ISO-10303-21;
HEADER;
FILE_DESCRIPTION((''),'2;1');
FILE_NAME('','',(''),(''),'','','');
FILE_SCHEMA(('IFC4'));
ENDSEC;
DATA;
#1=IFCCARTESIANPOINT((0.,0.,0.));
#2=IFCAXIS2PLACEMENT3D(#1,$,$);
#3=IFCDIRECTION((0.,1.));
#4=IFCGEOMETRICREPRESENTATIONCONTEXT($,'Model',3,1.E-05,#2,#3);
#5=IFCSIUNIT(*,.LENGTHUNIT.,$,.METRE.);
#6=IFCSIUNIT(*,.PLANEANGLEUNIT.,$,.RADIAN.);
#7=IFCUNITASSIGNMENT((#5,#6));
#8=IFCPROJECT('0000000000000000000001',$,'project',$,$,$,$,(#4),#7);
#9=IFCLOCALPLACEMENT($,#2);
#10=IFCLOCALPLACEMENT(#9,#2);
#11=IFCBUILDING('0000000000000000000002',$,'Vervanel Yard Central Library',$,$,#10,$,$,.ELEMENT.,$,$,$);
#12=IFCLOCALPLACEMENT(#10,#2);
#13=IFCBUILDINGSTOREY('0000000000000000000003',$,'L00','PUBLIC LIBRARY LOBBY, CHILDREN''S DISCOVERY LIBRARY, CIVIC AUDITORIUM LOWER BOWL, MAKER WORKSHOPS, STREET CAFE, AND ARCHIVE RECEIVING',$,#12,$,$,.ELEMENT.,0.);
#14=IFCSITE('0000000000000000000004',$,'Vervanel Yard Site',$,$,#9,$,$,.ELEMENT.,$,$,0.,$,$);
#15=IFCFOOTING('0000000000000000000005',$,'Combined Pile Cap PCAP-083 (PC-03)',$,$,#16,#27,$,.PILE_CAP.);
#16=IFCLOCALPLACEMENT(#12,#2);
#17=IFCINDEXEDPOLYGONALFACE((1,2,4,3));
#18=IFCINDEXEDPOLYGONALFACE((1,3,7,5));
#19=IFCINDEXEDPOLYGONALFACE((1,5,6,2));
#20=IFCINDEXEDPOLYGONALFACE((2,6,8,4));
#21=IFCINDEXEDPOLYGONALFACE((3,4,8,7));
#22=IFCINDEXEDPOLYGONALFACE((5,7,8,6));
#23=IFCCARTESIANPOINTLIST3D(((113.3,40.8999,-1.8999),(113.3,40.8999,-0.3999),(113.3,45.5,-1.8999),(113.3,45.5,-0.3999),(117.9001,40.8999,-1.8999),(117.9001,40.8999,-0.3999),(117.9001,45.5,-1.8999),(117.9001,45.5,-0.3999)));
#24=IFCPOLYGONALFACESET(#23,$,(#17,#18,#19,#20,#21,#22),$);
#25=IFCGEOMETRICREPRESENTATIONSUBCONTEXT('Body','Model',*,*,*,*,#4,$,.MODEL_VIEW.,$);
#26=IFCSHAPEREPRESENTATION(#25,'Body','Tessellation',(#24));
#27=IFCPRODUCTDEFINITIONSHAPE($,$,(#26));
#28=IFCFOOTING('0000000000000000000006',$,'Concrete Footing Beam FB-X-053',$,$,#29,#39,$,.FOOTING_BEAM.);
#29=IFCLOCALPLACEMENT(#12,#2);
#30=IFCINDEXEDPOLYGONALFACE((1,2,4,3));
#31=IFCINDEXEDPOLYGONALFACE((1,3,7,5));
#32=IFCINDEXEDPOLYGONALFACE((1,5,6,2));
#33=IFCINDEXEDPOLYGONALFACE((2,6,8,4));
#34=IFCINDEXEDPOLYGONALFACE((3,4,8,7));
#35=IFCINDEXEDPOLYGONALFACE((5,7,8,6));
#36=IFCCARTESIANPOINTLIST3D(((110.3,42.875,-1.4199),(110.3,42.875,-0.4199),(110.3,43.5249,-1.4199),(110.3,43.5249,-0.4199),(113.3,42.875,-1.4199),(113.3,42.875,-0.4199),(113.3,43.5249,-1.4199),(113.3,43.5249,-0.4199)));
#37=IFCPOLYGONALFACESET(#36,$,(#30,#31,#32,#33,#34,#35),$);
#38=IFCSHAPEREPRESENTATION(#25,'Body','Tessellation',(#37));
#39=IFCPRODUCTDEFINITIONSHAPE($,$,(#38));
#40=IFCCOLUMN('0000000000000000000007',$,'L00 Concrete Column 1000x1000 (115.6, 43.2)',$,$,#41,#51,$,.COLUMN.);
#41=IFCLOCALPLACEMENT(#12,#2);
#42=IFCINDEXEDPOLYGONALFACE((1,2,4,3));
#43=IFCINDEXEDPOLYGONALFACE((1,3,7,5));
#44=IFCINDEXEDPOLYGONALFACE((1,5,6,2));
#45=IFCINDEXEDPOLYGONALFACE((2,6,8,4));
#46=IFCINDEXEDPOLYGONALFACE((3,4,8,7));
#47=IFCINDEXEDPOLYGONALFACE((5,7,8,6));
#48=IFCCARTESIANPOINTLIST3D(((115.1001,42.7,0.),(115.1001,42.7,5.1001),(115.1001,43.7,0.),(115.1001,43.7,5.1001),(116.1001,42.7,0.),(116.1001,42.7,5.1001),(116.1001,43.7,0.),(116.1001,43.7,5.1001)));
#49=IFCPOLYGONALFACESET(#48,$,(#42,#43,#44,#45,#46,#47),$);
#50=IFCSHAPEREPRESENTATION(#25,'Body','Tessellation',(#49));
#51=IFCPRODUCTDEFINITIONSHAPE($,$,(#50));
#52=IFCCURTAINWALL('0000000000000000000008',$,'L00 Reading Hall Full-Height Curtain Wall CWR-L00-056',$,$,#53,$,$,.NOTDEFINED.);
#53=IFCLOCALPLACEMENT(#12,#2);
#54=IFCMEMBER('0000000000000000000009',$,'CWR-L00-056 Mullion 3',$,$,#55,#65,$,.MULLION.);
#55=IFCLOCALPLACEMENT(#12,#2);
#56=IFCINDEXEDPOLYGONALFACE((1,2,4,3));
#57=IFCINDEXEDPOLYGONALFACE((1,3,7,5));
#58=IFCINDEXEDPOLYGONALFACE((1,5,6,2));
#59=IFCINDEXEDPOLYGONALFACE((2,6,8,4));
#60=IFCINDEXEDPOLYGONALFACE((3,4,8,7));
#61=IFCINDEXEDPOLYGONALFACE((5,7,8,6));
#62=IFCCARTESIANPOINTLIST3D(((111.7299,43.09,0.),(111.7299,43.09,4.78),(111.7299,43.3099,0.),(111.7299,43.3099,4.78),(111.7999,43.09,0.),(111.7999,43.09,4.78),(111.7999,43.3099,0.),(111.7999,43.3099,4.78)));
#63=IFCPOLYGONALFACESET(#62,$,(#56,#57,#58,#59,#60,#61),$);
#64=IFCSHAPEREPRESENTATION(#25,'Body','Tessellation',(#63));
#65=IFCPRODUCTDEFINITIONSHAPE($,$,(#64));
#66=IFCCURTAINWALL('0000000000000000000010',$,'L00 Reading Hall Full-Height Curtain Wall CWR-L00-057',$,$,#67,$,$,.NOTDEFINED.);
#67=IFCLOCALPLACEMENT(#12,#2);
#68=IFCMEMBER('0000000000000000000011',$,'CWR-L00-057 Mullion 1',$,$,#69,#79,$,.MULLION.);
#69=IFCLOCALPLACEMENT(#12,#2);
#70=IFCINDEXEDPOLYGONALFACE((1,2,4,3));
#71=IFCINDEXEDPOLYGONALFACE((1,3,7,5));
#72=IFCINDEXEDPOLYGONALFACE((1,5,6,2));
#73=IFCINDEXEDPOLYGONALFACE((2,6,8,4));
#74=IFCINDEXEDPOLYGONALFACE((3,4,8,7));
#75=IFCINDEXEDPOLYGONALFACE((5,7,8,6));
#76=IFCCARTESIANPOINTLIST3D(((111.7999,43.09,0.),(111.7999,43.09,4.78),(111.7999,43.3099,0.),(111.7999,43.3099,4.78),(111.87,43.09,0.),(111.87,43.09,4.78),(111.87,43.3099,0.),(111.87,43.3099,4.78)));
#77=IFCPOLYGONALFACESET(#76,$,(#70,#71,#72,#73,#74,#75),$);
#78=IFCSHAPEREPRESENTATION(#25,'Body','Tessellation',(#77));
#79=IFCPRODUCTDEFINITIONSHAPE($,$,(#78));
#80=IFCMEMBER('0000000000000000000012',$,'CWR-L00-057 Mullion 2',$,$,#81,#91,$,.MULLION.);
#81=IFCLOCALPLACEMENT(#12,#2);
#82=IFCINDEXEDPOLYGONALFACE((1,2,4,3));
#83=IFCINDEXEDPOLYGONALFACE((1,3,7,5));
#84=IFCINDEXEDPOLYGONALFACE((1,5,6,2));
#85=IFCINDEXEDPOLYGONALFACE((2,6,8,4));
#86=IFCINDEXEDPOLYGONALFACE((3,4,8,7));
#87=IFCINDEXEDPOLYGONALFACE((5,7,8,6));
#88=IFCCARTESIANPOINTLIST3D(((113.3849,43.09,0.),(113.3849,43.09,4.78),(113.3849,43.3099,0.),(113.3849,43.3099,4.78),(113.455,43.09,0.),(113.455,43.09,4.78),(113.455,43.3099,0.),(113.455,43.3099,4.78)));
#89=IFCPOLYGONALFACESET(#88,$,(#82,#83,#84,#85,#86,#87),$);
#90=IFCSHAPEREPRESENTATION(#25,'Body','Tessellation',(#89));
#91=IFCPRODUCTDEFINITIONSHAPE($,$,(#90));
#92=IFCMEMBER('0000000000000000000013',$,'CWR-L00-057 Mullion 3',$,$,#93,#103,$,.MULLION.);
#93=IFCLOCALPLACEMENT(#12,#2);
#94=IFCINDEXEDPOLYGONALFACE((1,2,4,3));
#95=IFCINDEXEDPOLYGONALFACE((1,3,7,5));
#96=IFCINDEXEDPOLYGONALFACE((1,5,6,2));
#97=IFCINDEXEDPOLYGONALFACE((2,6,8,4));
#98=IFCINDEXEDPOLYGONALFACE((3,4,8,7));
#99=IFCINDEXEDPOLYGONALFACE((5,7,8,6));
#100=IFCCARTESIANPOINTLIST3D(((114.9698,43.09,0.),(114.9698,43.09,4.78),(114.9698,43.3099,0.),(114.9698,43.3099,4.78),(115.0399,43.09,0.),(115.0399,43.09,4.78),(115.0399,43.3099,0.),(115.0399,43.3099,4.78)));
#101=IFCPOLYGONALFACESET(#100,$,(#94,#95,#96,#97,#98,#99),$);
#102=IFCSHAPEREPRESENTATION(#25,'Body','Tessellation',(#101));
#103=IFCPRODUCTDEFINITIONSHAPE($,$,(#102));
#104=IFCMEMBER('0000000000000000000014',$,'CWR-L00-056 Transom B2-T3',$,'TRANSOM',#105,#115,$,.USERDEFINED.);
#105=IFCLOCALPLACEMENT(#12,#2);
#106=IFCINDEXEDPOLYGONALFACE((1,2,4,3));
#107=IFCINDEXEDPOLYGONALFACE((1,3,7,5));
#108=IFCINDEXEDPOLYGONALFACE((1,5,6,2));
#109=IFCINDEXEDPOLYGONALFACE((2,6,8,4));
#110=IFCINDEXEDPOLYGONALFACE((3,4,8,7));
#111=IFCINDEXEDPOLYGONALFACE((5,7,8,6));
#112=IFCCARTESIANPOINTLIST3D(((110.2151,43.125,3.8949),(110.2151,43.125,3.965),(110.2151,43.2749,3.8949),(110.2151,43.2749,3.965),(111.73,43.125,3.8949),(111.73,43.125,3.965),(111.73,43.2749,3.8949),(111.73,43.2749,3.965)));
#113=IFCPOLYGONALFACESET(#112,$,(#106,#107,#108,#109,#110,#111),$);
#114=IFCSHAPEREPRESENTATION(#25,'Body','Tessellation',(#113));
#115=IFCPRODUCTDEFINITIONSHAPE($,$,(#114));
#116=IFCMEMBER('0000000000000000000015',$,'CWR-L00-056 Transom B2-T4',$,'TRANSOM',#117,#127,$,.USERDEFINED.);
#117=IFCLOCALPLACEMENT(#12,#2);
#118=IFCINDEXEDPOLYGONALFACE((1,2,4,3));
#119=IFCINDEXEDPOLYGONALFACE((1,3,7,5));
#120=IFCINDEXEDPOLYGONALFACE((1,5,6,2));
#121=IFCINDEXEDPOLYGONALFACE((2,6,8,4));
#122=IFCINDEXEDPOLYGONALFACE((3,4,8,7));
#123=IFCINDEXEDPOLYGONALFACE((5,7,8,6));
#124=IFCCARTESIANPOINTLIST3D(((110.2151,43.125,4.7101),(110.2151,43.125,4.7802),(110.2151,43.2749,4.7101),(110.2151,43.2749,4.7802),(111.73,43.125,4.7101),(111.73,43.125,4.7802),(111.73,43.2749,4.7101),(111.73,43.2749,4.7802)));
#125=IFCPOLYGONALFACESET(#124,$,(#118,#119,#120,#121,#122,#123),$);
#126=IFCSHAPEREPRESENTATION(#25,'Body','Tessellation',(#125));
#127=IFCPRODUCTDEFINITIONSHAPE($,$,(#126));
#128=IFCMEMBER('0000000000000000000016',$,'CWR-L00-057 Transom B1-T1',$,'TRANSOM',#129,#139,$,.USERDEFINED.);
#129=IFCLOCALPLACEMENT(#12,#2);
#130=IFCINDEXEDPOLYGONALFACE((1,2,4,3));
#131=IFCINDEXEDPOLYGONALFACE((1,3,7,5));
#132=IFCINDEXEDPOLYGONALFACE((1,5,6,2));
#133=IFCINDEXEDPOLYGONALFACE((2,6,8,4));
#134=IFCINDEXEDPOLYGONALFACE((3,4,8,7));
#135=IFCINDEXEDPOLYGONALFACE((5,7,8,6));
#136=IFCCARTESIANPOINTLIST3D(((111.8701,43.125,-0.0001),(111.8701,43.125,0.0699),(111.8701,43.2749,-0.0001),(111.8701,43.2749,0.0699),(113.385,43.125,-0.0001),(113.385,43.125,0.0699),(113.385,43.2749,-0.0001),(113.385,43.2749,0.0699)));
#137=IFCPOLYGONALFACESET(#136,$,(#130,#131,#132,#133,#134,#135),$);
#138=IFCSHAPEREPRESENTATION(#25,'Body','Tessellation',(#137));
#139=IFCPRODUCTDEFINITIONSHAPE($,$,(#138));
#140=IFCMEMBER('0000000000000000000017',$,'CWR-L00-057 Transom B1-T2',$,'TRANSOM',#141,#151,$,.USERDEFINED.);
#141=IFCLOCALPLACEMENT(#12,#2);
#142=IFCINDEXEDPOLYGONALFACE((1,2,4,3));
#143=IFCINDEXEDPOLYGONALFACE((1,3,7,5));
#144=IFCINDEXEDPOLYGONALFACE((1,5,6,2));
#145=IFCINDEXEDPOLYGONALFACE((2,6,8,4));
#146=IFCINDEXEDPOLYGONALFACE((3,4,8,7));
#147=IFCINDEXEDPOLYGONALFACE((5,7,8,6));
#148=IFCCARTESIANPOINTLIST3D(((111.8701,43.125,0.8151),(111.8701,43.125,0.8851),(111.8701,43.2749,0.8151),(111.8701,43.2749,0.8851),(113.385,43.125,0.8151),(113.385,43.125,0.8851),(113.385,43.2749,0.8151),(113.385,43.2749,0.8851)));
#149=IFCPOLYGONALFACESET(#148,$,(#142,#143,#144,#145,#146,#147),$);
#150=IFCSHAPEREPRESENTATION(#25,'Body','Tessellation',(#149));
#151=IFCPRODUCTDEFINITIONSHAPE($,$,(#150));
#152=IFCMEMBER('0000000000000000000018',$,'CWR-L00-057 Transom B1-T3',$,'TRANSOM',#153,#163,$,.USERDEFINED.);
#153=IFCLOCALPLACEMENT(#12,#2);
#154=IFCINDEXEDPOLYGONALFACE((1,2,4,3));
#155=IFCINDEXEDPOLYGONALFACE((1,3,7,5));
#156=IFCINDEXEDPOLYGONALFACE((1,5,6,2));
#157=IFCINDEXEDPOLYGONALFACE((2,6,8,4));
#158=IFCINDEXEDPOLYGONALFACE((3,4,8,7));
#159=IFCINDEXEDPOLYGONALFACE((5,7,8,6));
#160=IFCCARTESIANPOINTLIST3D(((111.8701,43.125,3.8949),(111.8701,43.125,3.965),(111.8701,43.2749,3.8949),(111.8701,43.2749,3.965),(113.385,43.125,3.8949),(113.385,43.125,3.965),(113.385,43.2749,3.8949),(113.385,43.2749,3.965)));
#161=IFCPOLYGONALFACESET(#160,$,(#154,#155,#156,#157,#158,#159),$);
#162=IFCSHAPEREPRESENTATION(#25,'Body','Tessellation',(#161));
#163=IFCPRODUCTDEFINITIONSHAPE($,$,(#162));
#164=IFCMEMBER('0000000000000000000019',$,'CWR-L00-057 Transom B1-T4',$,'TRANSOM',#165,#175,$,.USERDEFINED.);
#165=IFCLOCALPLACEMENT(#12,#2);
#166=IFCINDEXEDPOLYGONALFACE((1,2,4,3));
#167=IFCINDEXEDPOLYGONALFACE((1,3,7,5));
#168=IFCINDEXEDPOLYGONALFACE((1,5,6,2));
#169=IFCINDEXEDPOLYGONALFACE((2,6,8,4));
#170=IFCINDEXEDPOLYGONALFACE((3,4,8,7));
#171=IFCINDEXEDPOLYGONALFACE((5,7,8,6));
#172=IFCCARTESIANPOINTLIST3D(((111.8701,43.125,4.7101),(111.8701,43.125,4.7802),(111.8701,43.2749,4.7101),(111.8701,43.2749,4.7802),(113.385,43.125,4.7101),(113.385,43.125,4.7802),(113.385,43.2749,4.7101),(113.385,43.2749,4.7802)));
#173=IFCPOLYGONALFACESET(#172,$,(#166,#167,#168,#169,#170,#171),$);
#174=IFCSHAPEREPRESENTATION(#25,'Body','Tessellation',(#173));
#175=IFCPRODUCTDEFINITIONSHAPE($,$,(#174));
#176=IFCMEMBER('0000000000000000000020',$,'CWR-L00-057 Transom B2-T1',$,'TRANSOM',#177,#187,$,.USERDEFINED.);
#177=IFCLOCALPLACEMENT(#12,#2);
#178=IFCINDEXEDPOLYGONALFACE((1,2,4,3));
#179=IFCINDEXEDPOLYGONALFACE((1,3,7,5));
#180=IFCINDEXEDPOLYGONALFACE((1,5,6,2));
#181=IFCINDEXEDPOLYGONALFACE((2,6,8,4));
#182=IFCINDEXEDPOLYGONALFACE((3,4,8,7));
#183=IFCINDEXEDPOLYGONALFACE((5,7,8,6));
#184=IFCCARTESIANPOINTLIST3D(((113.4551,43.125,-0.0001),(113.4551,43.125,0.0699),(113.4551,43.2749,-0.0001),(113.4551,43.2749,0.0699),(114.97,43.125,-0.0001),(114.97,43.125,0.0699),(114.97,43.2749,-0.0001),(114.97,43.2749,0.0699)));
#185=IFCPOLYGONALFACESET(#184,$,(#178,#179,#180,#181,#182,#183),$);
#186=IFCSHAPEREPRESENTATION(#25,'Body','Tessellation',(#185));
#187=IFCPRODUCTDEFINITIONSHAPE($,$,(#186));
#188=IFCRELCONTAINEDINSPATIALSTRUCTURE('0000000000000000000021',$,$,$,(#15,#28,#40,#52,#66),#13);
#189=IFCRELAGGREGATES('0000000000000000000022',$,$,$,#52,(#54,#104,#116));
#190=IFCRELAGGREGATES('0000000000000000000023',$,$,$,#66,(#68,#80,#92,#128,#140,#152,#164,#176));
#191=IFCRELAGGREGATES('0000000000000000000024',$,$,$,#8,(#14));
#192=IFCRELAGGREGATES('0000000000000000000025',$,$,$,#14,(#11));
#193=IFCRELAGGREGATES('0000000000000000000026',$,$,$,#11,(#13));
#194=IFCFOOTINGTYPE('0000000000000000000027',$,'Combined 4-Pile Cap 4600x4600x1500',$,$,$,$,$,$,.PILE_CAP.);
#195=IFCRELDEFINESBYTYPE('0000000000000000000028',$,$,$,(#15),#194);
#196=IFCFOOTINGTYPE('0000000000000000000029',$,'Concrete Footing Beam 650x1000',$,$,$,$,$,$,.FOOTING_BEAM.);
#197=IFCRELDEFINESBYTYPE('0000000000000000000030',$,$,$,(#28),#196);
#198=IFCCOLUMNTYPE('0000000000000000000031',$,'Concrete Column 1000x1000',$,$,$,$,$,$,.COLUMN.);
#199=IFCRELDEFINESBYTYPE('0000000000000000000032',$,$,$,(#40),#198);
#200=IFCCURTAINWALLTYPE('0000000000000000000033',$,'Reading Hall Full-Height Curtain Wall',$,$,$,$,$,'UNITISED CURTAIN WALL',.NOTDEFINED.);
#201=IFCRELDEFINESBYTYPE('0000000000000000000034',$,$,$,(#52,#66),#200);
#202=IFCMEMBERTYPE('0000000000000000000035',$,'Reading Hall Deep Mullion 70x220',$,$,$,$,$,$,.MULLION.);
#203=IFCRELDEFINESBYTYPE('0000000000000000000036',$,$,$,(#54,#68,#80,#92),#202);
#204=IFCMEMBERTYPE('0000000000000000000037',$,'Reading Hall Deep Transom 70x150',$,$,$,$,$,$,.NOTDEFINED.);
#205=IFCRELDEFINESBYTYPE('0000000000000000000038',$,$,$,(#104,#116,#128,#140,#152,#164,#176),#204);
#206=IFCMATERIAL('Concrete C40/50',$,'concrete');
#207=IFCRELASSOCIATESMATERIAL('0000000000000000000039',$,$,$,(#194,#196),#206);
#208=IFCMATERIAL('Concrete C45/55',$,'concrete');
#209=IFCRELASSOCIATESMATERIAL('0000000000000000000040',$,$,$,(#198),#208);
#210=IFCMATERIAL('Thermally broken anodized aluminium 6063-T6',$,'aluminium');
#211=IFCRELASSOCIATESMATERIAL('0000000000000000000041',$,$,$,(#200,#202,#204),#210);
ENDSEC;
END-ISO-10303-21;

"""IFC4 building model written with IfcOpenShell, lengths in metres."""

from ifc_helpers import new_model, si_unit, direction, frame, origin, origin_2d, place, context, subcontext, project, spatial, rectangle, extrude, material, material_profile, profile_set, type_object, element, aggregate, save


model = new_model("IFC4")

# Units and contexts
model_context = context("Model", 3, precision=1e-05, world=origin(), true_north=direction((0.0, 1.0)))
body_context = subcontext(model_context, "Body", "Model", "MODEL_VIEW")
ifc_project = project(units=[si_unit("LENGTHUNIT", "METRE"), si_unit("PLANEANGLEUNIT", "RADIAN")], contexts=[model_context])

# Site, building, storey
site_placement = place(None, origin())
site = spatial("IfcSite", under=ifc_project, at=site_placement, Name="Vervanel Yard Site", CompositionType="ELEMENT", RefElevation=0.0)
building_placement = place(site_placement, origin())
building = spatial("IfcBuilding", under=site, at=building_placement, Name="Vervanel Yard Central Library", CompositionType="ELEMENT")
storey_placement = place(building_placement, origin())
storey = spatial("IfcBuildingStorey", under=building, at=storey_placement, Name="L00", Description="PUBLIC LIBRARY LOBBY, CHILDREN'S DISCOVERY LIBRARY, CIVIC AUDITORIUM LOWER BOWL, MAKER WORKSHOPS, STREET CAFE, AND ARCHIVE RECEIVING", CompositionType="ELEMENT", Elevation=0.0)

# Footings
ifc_material_1 = material(Name="Concrete C40/50", Category="concrete")
footing_type_1 = type_object("IfcFootingType", Name="Combined 4-Pile Cap 4600x4600x1500", PredefinedType="PILE_CAP", material=ifc_material_1)
footing_1_placement = place(storey_placement, frame((115.6001, 43.2, -1.8999), z_axis=(0.0, 0.0, 1.0), x_axis=(1.0, 0.0, 0.0)))
element("IfcFooting", 1, at=footing_1_placement, inside=storey, type_object=footing_type_1, Name="Combined Pile Cap PCAP-083 (PC-03)", PredefinedType="PILE_CAP", context=body_context, shape_type="SweptSolid", body=[
    extrude(rectangle(XDim=4.6001, YDim=4.6001, at=origin_2d()), origin(), (0.0, 0.0, 1.0), 1.5),
])
ifc_material_profile_1 = material_profile(ifc_material_1, rectangle(XDim=0.6499, YDim=1.0, at=origin_2d()), Name="RC 650x1000", Category="concrete")
ifc_profile_set_1 = profile_set([ifc_material_profile_1], Name="Concrete C40/50")
footing_type_2 = type_object("IfcFootingType", Name="Concrete Footing Beam 650x1000", PredefinedType="FOOTING_BEAM", material=ifc_profile_set_1)
footing_2_placement = place(storey_placement, frame((110.3, 43.2, -0.9199), z_axis=(1.0, 0.0, 0.0), x_axis=(0.0, 1.0, 0.0)))
element("IfcFooting", 2, at=footing_2_placement, inside=storey, type_object=footing_type_2, Name="Concrete Footing Beam FB-X-053", PredefinedType="FOOTING_BEAM", context=body_context, shape_type="SweptSolid", body=[
    extrude(rectangle(XDim=0.6499, YDim=1.0, at=origin_2d()), origin(), (0.0, 0.0, 1.0), 3.0),
])

# Column
ifc_material_2 = material(Name="Concrete C45/55", Category="concrete")
ifc_material_profile_2 = material_profile(ifc_material_2, rectangle(XDim=1.0, YDim=1.0, at=origin_2d()), Name="RC 1000x1000", Category="concrete")
ifc_profile_set_2 = profile_set([ifc_material_profile_2], Name="Concrete C45/55")
column_type = type_object("IfcColumnType", Name="Concrete Column 1000x1000", PredefinedType="COLUMN", material=ifc_profile_set_2)
column_placement = place(storey_placement, frame((115.6001, 43.2, 0.0), z_axis=(0.0, 0.0, 1.0), x_axis=(1.0, 0.0, 0.0)))
element("IfcColumn", 3, at=column_placement, inside=storey, type_object=column_type, Name="L00 Concrete Column 1000x1000 (115.6, 43.2)", PredefinedType="COLUMN", context=body_context, shape_type="SweptSolid", body=[
    extrude(rectangle(XDim=1.0, YDim=1.0, at=origin_2d()), origin(), (0.0, 0.0, 1.0), 5.1001),
])

# Curtain wall, member
ifc_material_3 = material(Name="Thermally broken anodized aluminium 6063-T6", Category="aluminium")
curtain_wall_type = type_object("IfcCurtainWallType", Name="Reading Hall Full-Height Curtain Wall", ElementType="UNITISED CURTAIN WALL", PredefinedType="NOTDEFINED", material=ifc_material_3)
curtain_wall_1_placement = place(storey_placement, origin())
curtain_wall_1 = element("IfcCurtainWall", 4, at=curtain_wall_1_placement, inside=storey, type_object=curtain_wall_type, Name="L00 Reading Hall Full-Height Curtain Wall CWR-L00-056", PredefinedType="NOTDEFINED")
ifc_material_profile_3 = material_profile(ifc_material_3, rectangle(XDim=0.0701, YDim=0.22, at=origin_2d()), Name="ALU 70x220", Category="aluminium")
ifc_profile_set_3 = profile_set([ifc_material_profile_3], Name="Thermally broken anodized aluminium 6063-T6")
member_type_1 = type_object("IfcMemberType", Name="Reading Hall Deep Mullion 70x220", PredefinedType="MULLION", material=ifc_profile_set_3)
member_1_placement = place(storey_placement, frame((111.7649, 43.2, 0.0), z_axis=(0.0, 0.0, 1.0), x_axis=(1.0, 0.0, 0.0)))
member_1 = element("IfcMember", 5, at=member_1_placement, type_object=member_type_1, Name="CWR-L00-056 Mullion 3", PredefinedType="MULLION", context=body_context, shape_type="SweptSolid", body=[
    extrude(rectangle(XDim=0.0701, YDim=0.22, at=origin_2d()), origin(), (0.0, 0.0, 1.0), 4.78),
])

# Curtain wall, members
curtain_wall_2_placement = place(storey_placement, origin())
curtain_wall_2 = element("IfcCurtainWall", 6, at=curtain_wall_2_placement, inside=storey, type_object=curtain_wall_type, Name="L00 Reading Hall Full-Height Curtain Wall CWR-L00-057", PredefinedType="NOTDEFINED")
member_2_placement = place(storey_placement, frame((111.835, 43.2, 0.0), z_axis=(0.0, 0.0, 1.0), x_axis=(1.0, 0.0, 0.0)))
member_2 = element("IfcMember", 7, at=member_2_placement, type_object=member_type_1, Name="CWR-L00-057 Mullion 1", PredefinedType="MULLION", context=body_context, shape_type="SweptSolid", body=[
    extrude(rectangle(XDim=0.0701, YDim=0.22, at=origin_2d()), origin(), (0.0, 0.0, 1.0), 4.78),
])
member_3_placement = place(storey_placement, frame((113.4199, 43.2, 0.0), z_axis=(0.0, 0.0, 1.0), x_axis=(1.0, 0.0, 0.0)))
member_3 = element("IfcMember", 8, at=member_3_placement, type_object=member_type_1, Name="CWR-L00-057 Mullion 2", PredefinedType="MULLION", context=body_context, shape_type="SweptSolid", body=[
    extrude(rectangle(XDim=0.0701, YDim=0.22, at=origin_2d()), origin(), (0.0, 0.0, 1.0), 4.78),
])
member_4_placement = place(storey_placement, frame((115.0049, 43.2, 0.0), z_axis=(0.0, 0.0, 1.0), x_axis=(1.0, 0.0, 0.0)))
member_4 = element("IfcMember", 9, at=member_4_placement, type_object=member_type_1, Name="CWR-L00-057 Mullion 3", PredefinedType="MULLION", context=body_context, shape_type="SweptSolid", body=[
    extrude(rectangle(XDim=0.0701, YDim=0.22, at=origin_2d()), origin(), (0.0, 0.0, 1.0), 4.78),
])

# Members
ifc_material_profile_4 = material_profile(ifc_material_3, rectangle(XDim=0.0701, YDim=0.1499, at=origin_2d()), Name="ALU 70x150", Category="aluminium")
ifc_profile_set_4 = profile_set([ifc_material_profile_4], Name="Thermally broken anodized aluminium 6063-T6")
member_type_2 = type_object("IfcMemberType", Name="Reading Hall Deep Transom 70x150", PredefinedType="NOTDEFINED", material=ifc_profile_set_4)
member_5_placement = place(storey_placement, frame((110.2151, 43.2, 3.9299), z_axis=(1.0, 0.0, 0.0), x_axis=(0.0, 0.0, 1.0)))
member_5 = element("IfcMember", 10, at=member_5_placement, type_object=member_type_2, Name="CWR-L00-056 Transom B2-T3", ObjectType="TRANSOM", PredefinedType="USERDEFINED", context=body_context, shape_type="SweptSolid", body=[
    extrude(rectangle(XDim=0.0701, YDim=0.1499, at=origin_2d()), origin(), (0.0, 0.0, 1.0), 1.5149),
])
member_6_placement = place(storey_placement, frame((110.2151, 43.2, 4.7451), z_axis=(1.0, 0.0, 0.0), x_axis=(0.0, 0.0, 1.0)))
member_6 = element("IfcMember", 11, at=member_6_placement, type_object=member_type_2, Name="CWR-L00-056 Transom B2-T4", ObjectType="TRANSOM", PredefinedType="USERDEFINED", context=body_context, shape_type="SweptSolid", body=[
    extrude(rectangle(XDim=0.0701, YDim=0.1499, at=origin_2d()), origin(), (0.0, 0.0, 1.0), 1.5149),
])
member_7_placement = place(storey_placement, frame((111.8701, 43.2, 0.0349), z_axis=(1.0, 0.0, 0.0), x_axis=(0.0, 0.0, 1.0)))
member_7 = element("IfcMember", 12, at=member_7_placement, type_object=member_type_2, Name="CWR-L00-057 Transom B1-T1", ObjectType="TRANSOM", PredefinedType="USERDEFINED", context=body_context, shape_type="SweptSolid", body=[
    extrude(rectangle(XDim=0.0701, YDim=0.1499, at=origin_2d()), origin(), (0.0, 0.0, 1.0), 1.5149),
])
member_8_placement = place(storey_placement, frame((111.8701, 43.2, 0.8501), z_axis=(1.0, 0.0, 0.0), x_axis=(0.0, 0.0, 1.0)))
member_8 = element("IfcMember", 13, at=member_8_placement, type_object=member_type_2, Name="CWR-L00-057 Transom B1-T2", ObjectType="TRANSOM", PredefinedType="USERDEFINED", context=body_context, shape_type="SweptSolid", body=[
    extrude(rectangle(XDim=0.0701, YDim=0.1499, at=origin_2d()), origin(), (0.0, 0.0, 1.0), 1.5149),
])
member_9_placement = place(storey_placement, frame((111.8701, 43.2, 3.9299), z_axis=(1.0, 0.0, 0.0), x_axis=(0.0, 0.0, 1.0)))
member_9 = element("IfcMember", 14, at=member_9_placement, type_object=member_type_2, Name="CWR-L00-057 Transom B1-T3", ObjectType="TRANSOM", PredefinedType="USERDEFINED", context=body_context, shape_type="SweptSolid", body=[
    extrude(rectangle(XDim=0.0701, YDim=0.1499, at=origin_2d()), origin(), (0.0, 0.0, 1.0), 1.5149),
])
member_10_placement = place(storey_placement, frame((111.8701, 43.2, 4.7451), z_axis=(1.0, 0.0, 0.0), x_axis=(0.0, 0.0, 1.0)))
member_10 = element("IfcMember", 15, at=member_10_placement, type_object=member_type_2, Name="CWR-L00-057 Transom B1-T4", ObjectType="TRANSOM", PredefinedType="USERDEFINED", context=body_context, shape_type="SweptSolid", body=[
    extrude(rectangle(XDim=0.0701, YDim=0.1499, at=origin_2d()), origin(), (0.0, 0.0, 1.0), 1.5149),
])
member_11_placement = place(storey_placement, frame((113.4551, 43.2, 0.0349), z_axis=(1.0, 0.0, 0.0), x_axis=(0.0, 0.0, 1.0)))
member_11 = element("IfcMember", 16, at=member_11_placement, type_object=member_type_2, Name="CWR-L00-057 Transom B2-T1", ObjectType="TRANSOM", PredefinedType="USERDEFINED", context=body_context, shape_type="SweptSolid", body=[
    extrude(rectangle(XDim=0.0701, YDim=0.1499, at=origin_2d()), origin(), (0.0, 0.0, 1.0), 1.5149),
])

aggregate(curtain_wall_1, [member_1, member_5, member_6])
aggregate(curtain_wall_2, [member_2, member_3, member_4, member_7, member_8, member_9, member_10, member_11])

save(model, "model.ifc")
